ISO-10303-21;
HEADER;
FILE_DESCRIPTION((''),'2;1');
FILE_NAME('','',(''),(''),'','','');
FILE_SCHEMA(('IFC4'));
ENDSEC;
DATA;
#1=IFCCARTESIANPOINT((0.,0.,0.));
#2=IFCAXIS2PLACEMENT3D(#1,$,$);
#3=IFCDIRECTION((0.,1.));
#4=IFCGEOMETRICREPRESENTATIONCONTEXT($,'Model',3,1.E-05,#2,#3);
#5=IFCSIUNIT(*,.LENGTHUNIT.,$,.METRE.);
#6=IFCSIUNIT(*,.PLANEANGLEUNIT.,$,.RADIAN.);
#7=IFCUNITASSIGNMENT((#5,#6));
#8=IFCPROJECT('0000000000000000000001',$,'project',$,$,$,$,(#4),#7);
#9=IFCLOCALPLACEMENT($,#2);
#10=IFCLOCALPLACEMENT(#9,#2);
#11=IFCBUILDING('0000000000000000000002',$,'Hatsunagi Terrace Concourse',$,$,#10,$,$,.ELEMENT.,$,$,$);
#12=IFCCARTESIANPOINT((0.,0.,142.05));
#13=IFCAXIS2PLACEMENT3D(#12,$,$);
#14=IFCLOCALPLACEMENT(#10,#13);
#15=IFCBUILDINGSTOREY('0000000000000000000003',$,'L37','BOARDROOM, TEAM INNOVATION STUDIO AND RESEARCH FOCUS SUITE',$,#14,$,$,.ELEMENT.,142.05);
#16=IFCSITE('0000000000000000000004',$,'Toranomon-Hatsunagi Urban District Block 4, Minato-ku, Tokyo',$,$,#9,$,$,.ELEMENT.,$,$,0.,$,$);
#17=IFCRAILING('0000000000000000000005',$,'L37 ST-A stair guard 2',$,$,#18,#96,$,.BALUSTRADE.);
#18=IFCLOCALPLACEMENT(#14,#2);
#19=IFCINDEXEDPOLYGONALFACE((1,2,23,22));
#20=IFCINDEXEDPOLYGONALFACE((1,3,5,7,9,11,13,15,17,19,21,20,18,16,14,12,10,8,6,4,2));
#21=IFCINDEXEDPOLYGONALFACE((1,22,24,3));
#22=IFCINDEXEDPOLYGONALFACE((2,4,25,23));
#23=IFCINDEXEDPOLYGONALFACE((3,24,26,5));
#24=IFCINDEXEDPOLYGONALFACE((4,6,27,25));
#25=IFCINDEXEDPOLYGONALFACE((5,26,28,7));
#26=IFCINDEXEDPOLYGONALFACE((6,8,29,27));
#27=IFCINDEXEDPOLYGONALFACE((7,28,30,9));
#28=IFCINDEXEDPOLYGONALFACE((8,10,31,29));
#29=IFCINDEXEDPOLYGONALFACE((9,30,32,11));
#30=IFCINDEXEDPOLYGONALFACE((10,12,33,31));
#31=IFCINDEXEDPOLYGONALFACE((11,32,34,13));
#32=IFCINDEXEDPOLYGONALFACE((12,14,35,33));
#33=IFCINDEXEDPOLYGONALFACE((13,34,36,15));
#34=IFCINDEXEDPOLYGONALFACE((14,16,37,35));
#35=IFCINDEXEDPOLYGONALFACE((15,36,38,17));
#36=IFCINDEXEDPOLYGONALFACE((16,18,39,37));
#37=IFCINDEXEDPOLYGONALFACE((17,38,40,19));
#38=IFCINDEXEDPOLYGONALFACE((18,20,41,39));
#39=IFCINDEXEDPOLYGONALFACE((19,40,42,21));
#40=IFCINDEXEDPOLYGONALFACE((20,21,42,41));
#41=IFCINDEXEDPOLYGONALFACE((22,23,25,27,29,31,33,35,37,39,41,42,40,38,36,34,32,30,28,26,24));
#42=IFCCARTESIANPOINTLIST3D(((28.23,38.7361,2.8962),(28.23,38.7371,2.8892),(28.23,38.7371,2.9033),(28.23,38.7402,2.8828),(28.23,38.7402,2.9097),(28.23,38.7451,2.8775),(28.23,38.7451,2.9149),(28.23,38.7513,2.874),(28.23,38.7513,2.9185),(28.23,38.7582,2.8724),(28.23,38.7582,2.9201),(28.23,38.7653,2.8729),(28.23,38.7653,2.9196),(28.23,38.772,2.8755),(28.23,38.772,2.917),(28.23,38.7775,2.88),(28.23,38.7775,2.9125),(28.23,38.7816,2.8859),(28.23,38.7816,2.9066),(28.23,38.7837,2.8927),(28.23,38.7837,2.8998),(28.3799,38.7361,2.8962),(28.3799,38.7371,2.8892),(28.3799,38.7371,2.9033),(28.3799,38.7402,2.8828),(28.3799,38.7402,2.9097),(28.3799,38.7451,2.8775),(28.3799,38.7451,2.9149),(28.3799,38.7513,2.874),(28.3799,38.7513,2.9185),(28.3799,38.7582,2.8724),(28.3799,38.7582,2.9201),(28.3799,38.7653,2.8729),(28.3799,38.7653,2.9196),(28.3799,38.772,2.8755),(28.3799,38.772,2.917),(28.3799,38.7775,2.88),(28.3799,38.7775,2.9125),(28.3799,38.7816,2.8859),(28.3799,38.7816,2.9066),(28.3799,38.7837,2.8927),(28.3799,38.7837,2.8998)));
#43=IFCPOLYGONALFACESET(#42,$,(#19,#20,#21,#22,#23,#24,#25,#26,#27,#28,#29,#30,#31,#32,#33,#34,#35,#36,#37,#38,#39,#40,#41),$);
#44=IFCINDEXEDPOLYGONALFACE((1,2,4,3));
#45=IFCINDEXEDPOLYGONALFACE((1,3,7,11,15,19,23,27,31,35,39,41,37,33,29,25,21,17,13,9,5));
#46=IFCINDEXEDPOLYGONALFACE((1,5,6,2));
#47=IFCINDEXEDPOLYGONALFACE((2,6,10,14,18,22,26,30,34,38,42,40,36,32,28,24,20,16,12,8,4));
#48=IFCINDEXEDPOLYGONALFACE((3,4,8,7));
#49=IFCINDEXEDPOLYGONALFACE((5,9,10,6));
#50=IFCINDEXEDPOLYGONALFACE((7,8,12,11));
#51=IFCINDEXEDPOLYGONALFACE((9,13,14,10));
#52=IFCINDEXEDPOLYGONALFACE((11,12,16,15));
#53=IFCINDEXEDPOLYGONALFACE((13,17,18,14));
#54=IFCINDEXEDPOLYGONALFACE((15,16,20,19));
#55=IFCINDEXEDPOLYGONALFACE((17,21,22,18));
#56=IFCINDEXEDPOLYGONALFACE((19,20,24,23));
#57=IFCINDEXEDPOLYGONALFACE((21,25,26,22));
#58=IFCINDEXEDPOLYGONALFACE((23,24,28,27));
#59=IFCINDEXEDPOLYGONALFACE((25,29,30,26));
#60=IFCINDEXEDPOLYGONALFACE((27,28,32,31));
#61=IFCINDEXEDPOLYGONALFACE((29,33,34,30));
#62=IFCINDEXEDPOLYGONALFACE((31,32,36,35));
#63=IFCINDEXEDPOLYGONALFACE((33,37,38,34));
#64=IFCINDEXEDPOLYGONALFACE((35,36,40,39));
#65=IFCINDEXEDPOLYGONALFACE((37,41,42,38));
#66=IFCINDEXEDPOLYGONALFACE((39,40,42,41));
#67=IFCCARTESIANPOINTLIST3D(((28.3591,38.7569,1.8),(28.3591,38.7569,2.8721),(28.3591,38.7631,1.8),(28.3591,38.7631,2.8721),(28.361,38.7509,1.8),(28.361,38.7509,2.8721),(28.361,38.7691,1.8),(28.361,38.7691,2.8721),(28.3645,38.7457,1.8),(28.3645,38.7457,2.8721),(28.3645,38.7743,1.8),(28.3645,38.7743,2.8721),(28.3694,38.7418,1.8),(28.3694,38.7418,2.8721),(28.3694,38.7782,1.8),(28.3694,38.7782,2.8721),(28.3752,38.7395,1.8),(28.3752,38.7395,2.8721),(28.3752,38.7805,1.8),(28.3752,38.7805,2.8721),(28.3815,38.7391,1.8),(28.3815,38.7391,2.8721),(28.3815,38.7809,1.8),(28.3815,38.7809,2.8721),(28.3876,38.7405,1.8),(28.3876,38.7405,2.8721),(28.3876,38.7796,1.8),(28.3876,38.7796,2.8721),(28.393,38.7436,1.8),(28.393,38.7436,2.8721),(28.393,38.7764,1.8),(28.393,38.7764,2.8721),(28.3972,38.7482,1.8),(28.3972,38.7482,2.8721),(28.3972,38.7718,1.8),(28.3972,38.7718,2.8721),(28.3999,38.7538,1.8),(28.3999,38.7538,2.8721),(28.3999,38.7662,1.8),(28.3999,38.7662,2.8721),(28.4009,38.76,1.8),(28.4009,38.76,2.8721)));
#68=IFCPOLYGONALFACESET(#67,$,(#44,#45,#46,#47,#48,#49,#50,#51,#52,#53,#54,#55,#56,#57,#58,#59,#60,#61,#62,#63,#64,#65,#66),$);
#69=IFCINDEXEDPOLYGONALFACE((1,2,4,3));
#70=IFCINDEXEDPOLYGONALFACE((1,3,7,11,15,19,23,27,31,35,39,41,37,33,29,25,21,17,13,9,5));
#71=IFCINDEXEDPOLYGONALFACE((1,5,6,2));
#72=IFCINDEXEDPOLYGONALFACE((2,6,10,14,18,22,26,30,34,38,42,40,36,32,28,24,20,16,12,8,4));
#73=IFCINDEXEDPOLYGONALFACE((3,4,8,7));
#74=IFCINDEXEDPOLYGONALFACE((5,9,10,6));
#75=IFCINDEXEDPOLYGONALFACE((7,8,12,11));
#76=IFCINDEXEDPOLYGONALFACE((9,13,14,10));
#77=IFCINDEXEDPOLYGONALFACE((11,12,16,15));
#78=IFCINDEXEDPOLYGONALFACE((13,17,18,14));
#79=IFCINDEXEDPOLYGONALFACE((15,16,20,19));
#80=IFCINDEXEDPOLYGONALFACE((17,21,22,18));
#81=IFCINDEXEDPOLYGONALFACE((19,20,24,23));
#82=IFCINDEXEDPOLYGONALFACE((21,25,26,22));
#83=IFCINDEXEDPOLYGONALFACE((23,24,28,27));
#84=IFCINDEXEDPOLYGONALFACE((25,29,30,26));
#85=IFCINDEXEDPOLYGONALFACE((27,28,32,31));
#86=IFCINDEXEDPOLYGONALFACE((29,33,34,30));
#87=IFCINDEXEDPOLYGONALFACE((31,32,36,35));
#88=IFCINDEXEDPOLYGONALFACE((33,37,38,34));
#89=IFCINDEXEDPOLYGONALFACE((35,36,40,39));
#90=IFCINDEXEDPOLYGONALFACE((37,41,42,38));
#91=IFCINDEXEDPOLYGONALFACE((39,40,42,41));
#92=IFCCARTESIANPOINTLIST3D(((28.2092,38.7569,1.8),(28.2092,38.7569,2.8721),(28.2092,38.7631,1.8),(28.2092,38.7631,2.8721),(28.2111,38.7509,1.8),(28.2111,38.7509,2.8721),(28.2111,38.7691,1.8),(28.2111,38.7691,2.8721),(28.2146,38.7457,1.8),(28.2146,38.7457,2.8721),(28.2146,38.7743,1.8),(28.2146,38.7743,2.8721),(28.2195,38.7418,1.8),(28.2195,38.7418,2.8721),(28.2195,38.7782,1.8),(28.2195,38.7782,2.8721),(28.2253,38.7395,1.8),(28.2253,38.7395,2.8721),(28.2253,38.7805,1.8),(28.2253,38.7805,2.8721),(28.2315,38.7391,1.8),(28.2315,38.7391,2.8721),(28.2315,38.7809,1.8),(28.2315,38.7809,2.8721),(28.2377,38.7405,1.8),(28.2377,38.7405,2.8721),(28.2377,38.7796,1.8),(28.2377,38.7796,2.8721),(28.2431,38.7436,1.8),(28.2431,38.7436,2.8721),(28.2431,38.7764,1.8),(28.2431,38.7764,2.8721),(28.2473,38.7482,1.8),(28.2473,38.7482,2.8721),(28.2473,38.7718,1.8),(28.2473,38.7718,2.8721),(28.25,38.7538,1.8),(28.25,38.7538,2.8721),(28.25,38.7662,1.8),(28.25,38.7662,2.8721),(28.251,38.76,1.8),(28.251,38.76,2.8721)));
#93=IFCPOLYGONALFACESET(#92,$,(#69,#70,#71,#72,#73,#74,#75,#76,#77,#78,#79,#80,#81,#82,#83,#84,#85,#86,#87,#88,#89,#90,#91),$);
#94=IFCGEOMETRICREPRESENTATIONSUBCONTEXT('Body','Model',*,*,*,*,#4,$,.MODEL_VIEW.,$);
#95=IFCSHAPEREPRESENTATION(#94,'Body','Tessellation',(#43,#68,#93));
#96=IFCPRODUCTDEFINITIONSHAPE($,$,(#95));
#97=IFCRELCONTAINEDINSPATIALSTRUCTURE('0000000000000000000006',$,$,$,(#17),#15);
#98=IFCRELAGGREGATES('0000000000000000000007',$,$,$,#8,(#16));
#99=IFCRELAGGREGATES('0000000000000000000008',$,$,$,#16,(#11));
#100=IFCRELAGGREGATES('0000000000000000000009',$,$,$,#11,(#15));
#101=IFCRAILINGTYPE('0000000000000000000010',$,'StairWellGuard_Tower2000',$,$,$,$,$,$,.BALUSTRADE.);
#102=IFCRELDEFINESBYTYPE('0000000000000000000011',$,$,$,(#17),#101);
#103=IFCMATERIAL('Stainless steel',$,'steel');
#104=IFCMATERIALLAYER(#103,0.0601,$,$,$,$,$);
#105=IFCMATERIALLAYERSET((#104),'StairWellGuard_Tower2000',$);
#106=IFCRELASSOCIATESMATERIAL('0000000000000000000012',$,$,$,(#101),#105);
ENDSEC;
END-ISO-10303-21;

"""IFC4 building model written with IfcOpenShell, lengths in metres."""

from ifc_helpers import new_model, si_unit, direction, frame, origin, origin_2d, place, context, subcontext, project, spatial, circle, extrude, material, layer, layer_set, type_object, element, save


model = new_model("IFC4")

# Units and contexts
model_context = context("Model", 3, precision=1e-05, world=origin(), true_north=direction((0.0, 1.0)))
body_context = subcontext(model_context, "Body", "Model", "MODEL_VIEW")
ifc_project = project(units=[si_unit("LENGTHUNIT", "METRE"), si_unit("PLANEANGLEUNIT", "RADIAN")], contexts=[model_context])

# Site, building, storey
site_placement = place(None, origin())
site = spatial("IfcSite", under=ifc_project, at=site_placement, Name="Toranomon-Hatsunagi Urban District Block 4, Minato-ku, Tokyo", CompositionType="ELEMENT", RefElevation=0.0)
building_placement = place(site_placement, origin())
building = spatial("IfcBuilding", under=site, at=building_placement, Name="Hatsunagi Terrace Concourse", CompositionType="ELEMENT")
storey_placement = place(building_placement, frame((0.0, 0.0, 142.05)))
storey = spatial("IfcBuildingStorey", under=building, at=storey_placement, Name="L37", Description="BOARDROOM, TEAM INNOVATION STUDIO AND RESEARCH FOCUS SUITE", CompositionType="ELEMENT", Elevation=142.05)

# Railing
ifc_material_1 = material(Name="Stainless steel", Category="steel")
ifc_layer_1 = layer(ifc_material_1, 0.0601)
ifc_layer_set_1 = layer_set([ifc_layer_1], Name="StairWellGuard_Tower2000")
railing_type = type_object("IfcRailingType", Name="StairWellGuard_Tower2000", PredefinedType="BALUSTRADE", material=ifc_layer_set_1)
railing_placement = place(storey_placement, frame((28.3799, 38.76, 1.8)))
element("IfcRailing", 1, at=railing_placement, inside=storey, type_object=railing_type, Name="L37 ST-A stair guard 2", PredefinedType="BALUSTRADE", context=body_context, shape_type="SweptSolid", body=[
    extrude(circle(Radius=0.0239, at=origin_2d()), frame((0.0, 0.0, 1.0962), z_axis=(-1.0, 0.0, 0.0), x_axis=(0.0, -1.0, 0.0)), (0.0, 0.0, 1.0), 0.1499),
    extrude(circle(Radius=0.021, at=origin_2d()), origin(), (0.0, 0.0, 1.0), 1.072),
    extrude(circle(Radius=0.021, at=origin_2d()), frame((-0.1499, 0.0, 0.0)), (0.0, 0.0, 1.0), 1.072),
])

save(model, "model.ifc")
